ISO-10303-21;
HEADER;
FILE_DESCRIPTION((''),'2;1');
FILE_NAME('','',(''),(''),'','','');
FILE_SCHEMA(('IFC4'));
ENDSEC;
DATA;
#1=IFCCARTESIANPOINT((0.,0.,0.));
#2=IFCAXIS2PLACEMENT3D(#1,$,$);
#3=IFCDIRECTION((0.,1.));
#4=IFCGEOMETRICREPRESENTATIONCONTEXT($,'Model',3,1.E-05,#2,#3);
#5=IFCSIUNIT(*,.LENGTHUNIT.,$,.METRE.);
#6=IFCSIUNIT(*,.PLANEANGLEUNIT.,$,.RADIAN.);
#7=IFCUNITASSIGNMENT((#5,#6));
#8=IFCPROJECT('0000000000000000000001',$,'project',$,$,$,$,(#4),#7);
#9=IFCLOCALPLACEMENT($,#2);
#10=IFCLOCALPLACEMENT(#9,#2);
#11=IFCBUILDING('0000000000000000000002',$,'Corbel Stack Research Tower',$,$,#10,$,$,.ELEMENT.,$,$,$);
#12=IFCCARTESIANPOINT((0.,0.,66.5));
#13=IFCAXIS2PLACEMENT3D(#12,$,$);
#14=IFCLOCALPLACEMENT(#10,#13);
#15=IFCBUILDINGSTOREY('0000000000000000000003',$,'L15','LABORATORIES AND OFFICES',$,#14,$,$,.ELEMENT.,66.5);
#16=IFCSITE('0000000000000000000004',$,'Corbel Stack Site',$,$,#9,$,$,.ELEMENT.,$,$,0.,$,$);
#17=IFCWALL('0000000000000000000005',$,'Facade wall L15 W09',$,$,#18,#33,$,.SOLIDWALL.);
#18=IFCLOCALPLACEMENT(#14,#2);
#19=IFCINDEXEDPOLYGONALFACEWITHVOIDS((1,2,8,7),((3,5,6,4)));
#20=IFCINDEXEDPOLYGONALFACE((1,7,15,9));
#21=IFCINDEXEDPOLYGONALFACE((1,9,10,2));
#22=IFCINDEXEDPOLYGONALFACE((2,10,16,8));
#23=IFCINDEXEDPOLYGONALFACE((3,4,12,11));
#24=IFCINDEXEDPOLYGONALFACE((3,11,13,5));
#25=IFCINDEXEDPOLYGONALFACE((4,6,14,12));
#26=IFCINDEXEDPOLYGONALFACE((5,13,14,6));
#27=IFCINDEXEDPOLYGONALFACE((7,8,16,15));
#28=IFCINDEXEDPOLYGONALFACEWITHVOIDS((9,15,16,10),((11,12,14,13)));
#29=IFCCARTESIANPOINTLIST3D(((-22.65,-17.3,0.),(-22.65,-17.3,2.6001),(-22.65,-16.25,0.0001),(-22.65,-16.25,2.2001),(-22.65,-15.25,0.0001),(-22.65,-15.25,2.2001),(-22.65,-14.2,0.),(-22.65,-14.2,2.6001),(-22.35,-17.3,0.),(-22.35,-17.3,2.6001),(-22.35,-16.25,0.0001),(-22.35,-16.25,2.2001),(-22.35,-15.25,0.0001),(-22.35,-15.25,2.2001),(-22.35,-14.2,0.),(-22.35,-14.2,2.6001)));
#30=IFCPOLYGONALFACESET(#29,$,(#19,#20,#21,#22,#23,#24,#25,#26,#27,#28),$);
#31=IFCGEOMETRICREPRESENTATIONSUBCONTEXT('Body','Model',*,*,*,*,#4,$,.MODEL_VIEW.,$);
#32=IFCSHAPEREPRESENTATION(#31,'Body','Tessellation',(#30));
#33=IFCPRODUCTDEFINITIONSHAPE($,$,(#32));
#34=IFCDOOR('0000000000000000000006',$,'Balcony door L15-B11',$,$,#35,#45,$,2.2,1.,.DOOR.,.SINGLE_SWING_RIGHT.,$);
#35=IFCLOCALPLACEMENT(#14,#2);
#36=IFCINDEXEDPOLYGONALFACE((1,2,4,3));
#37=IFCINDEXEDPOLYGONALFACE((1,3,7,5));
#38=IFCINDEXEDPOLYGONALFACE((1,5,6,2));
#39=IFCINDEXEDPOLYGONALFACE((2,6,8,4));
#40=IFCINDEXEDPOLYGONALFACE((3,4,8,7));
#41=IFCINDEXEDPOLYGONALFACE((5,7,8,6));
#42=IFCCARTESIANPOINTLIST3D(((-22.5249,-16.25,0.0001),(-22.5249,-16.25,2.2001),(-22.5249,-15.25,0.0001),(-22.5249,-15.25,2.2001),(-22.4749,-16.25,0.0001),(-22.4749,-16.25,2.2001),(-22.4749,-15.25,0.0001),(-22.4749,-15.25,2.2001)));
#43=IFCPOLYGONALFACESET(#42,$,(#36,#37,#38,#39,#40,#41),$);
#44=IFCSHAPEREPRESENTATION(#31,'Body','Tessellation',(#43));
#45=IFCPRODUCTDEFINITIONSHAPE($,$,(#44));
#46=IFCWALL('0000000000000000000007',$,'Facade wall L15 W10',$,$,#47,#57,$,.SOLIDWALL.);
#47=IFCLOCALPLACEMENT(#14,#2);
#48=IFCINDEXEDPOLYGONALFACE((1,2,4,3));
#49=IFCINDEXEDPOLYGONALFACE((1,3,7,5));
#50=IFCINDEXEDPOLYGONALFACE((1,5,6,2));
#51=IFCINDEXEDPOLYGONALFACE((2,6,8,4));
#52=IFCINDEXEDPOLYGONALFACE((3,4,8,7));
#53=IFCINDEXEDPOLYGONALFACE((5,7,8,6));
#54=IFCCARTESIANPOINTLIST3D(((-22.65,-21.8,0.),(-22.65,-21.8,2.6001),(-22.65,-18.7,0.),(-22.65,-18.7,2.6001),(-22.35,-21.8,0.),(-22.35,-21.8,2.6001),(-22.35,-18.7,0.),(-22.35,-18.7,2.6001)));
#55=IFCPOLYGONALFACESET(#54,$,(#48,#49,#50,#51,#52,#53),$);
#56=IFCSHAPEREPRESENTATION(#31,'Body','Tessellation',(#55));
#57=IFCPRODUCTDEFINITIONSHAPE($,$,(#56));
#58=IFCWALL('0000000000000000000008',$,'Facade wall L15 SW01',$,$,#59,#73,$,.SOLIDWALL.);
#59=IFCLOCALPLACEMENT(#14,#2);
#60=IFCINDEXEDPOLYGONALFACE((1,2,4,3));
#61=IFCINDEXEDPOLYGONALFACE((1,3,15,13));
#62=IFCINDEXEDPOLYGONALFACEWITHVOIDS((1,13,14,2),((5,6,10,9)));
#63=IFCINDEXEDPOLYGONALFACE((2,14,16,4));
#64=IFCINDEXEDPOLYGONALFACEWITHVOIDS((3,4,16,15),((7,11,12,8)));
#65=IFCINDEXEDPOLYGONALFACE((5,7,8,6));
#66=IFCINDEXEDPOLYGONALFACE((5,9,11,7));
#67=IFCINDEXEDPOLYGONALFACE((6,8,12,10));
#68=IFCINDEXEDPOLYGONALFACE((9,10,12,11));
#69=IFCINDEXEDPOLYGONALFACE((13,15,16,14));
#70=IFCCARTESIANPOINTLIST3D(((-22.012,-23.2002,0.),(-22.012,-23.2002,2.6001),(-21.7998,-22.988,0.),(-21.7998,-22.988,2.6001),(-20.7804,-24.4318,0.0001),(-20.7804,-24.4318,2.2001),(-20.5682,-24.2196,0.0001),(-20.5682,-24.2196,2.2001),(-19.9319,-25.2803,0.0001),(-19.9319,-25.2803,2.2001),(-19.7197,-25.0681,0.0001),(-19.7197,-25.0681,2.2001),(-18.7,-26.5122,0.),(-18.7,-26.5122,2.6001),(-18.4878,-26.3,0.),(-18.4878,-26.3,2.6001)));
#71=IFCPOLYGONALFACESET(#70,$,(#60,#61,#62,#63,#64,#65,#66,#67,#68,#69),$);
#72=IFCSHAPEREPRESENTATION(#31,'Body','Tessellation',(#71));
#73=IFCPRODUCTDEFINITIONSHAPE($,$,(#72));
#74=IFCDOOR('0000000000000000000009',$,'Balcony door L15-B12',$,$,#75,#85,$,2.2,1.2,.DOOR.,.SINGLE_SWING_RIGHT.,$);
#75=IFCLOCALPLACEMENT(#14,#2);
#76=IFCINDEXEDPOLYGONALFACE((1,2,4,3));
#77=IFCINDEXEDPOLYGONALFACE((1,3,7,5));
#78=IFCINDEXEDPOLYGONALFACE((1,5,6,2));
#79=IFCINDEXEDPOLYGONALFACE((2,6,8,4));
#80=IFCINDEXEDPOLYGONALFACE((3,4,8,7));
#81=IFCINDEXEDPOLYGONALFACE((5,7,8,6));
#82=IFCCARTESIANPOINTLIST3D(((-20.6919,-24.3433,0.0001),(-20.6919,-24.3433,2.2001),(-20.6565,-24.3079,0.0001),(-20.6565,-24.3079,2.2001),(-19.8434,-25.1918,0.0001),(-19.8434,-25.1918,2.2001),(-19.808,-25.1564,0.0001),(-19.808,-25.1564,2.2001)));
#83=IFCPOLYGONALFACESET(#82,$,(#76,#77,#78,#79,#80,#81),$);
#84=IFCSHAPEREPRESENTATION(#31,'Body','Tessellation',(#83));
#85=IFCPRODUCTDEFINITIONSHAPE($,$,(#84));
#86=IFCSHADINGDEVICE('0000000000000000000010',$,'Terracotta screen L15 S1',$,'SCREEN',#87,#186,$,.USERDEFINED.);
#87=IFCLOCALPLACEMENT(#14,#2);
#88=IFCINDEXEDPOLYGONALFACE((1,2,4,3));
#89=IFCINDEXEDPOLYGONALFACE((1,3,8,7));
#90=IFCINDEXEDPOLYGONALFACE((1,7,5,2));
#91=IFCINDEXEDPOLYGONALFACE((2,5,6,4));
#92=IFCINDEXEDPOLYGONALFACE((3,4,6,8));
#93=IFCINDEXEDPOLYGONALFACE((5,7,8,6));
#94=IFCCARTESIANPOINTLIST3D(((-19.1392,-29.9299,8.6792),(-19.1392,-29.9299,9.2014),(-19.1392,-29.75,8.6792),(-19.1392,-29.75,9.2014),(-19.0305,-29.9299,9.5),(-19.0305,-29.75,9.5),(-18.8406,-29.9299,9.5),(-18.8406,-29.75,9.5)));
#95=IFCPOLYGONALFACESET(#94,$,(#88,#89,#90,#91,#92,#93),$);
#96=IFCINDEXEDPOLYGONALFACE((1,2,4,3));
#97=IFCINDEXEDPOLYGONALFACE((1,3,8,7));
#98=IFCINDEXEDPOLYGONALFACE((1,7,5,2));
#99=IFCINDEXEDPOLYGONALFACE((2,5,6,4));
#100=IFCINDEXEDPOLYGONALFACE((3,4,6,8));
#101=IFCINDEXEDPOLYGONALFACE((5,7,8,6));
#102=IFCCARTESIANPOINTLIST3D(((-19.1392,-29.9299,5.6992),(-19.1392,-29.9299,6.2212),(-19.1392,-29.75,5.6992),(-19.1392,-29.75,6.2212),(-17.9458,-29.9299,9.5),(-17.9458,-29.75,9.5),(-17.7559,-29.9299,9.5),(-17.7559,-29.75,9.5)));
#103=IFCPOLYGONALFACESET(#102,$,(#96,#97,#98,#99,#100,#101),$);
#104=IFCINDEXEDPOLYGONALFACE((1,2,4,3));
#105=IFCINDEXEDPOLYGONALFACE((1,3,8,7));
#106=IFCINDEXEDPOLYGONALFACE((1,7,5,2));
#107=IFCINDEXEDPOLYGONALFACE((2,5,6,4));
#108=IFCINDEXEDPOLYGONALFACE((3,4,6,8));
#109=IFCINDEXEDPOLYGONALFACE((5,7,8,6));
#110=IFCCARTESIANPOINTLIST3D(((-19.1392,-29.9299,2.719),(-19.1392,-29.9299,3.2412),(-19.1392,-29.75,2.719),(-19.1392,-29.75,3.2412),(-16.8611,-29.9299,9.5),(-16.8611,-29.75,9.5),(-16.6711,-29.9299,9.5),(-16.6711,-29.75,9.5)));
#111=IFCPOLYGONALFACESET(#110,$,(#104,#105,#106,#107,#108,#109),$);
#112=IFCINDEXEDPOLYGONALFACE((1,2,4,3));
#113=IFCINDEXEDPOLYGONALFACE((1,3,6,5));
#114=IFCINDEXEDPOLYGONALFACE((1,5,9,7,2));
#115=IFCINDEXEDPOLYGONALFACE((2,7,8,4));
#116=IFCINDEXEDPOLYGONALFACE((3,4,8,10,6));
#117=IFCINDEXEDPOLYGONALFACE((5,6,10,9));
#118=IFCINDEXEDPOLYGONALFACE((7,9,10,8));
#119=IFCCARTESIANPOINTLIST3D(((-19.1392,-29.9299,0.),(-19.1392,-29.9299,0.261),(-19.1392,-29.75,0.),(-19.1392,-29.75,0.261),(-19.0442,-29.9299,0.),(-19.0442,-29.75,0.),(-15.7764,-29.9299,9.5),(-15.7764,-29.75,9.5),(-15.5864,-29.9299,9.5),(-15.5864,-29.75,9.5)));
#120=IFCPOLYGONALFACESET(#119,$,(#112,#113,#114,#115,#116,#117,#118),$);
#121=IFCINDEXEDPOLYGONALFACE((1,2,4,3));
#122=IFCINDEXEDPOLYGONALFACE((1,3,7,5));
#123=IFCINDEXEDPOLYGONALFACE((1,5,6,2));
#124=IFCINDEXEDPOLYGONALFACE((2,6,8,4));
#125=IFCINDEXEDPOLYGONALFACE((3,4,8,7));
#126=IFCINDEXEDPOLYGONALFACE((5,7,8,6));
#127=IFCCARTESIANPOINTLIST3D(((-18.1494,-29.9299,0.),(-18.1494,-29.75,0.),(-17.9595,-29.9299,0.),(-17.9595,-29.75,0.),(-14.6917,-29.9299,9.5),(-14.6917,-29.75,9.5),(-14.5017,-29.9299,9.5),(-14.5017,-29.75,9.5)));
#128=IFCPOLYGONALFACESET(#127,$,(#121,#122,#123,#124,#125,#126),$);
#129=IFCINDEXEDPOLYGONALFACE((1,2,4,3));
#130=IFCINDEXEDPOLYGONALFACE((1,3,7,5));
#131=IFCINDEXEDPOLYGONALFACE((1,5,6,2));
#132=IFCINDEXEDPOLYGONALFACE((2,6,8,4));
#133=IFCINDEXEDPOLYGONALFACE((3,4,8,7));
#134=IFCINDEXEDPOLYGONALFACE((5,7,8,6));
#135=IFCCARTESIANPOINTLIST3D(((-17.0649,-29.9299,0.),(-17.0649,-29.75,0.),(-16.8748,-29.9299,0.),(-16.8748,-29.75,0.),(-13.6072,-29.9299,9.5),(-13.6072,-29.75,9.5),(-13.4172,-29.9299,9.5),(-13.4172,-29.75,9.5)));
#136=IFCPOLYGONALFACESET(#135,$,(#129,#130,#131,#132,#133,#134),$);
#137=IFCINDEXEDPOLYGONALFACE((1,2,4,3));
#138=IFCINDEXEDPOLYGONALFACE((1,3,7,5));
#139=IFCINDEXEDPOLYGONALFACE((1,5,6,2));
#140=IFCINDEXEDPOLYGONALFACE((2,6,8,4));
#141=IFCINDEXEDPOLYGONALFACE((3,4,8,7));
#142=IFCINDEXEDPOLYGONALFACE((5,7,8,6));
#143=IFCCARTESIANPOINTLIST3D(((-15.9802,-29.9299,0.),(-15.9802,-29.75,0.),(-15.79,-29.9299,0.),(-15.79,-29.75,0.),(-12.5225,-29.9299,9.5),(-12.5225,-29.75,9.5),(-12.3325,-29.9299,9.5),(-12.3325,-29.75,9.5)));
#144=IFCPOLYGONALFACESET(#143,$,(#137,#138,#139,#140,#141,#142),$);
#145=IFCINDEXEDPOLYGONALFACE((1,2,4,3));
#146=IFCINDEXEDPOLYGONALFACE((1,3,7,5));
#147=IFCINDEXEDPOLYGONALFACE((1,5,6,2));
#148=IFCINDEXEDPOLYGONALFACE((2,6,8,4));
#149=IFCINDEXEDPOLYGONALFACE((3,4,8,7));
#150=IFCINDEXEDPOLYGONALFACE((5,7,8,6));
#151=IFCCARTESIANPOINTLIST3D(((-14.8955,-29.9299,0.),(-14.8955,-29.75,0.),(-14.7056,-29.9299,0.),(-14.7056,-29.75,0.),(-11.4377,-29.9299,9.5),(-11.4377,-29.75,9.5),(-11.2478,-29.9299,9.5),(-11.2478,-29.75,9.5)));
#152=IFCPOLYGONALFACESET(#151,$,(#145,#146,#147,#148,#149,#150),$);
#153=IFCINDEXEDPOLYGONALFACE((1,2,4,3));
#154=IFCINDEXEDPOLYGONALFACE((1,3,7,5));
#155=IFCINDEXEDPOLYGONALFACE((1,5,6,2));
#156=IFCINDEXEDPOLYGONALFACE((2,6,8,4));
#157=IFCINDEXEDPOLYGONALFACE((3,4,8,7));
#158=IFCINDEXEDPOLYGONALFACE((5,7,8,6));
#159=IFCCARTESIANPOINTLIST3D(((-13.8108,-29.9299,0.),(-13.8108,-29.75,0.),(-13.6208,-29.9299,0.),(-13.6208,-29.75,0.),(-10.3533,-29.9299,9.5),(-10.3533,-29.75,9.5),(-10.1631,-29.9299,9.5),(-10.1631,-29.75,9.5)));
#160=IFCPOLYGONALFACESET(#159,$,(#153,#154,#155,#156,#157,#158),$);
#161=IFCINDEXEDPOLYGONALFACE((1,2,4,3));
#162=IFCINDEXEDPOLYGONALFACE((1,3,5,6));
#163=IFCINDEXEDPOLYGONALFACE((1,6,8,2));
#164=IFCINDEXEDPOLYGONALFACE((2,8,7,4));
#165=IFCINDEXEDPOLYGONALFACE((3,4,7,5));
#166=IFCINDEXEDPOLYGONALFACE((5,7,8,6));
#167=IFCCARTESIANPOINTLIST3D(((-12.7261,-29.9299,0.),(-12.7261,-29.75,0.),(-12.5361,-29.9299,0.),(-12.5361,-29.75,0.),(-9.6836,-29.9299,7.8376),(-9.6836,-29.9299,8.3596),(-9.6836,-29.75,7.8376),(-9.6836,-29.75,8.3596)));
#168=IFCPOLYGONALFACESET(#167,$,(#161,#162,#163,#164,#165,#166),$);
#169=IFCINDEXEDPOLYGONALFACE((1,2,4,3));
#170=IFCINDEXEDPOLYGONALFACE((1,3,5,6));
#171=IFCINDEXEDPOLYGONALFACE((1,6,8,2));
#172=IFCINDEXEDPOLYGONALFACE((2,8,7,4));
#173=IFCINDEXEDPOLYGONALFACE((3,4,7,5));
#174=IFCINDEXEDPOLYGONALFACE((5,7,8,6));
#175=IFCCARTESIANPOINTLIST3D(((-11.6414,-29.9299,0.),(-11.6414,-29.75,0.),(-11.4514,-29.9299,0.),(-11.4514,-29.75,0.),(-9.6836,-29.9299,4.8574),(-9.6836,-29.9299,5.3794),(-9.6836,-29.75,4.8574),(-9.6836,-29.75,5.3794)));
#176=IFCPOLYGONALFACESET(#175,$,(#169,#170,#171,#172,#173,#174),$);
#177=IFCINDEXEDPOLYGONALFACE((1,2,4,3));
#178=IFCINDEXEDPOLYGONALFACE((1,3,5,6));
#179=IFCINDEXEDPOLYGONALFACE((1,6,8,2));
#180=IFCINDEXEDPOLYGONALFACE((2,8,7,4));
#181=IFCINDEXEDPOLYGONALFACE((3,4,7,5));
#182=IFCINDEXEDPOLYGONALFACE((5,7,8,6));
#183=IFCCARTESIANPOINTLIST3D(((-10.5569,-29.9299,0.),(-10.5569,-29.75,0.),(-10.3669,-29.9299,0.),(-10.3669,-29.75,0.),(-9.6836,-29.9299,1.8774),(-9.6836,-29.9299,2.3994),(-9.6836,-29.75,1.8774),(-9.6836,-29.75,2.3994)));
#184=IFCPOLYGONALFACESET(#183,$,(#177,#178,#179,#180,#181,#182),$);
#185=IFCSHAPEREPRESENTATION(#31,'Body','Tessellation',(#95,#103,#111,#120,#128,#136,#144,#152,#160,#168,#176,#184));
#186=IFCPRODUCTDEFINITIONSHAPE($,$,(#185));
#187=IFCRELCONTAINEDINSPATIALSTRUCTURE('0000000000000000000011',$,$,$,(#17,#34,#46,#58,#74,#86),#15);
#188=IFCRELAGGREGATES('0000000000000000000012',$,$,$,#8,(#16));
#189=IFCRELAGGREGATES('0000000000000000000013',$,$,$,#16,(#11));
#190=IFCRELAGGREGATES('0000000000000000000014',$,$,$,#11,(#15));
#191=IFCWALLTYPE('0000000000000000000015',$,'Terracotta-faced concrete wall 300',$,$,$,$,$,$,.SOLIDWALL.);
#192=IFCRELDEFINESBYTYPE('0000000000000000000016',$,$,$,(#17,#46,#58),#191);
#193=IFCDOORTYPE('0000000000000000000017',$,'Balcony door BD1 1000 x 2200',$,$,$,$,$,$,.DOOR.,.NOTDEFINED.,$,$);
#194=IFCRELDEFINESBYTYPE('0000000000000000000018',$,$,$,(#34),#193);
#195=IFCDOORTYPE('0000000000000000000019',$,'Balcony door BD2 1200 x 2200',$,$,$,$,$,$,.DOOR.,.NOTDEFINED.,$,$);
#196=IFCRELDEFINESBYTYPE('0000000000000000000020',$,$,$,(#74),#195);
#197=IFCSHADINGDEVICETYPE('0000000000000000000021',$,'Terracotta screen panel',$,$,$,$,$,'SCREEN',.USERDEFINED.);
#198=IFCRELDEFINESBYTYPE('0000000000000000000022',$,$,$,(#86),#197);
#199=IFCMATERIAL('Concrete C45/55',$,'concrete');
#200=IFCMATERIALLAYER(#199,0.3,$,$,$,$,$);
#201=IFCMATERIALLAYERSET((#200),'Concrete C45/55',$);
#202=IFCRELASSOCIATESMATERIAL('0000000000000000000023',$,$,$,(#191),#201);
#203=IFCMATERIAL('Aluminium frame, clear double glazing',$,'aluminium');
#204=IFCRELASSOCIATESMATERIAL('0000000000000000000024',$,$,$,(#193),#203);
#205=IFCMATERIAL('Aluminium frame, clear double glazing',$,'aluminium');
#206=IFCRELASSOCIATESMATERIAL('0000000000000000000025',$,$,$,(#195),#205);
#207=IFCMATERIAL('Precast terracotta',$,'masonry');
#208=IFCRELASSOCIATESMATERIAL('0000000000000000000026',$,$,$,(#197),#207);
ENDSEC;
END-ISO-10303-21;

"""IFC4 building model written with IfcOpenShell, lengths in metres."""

from ifc_helpers import new_model, si_unit, direction, frame, frame_2d, origin, place, context, subcontext, project, spatial, polyline, rectangle, outline, extrude, source, transform, mapped, material, layer, layer_set, type_object, element, fill, save


model = new_model("IFC4")

# Units and contexts
model_context = context("Model", 3, precision=1e-05, world=origin(), true_north=direction((0.0, 1.0)))
body_context = subcontext(model_context, "Body", "Model", "MODEL_VIEW")
ifc_project = project(units=[si_unit("LENGTHUNIT", "METRE"), si_unit("PLANEANGLEUNIT", "RADIAN")], contexts=[model_context])

# Site, building, storey
site_placement = place(None, origin())
site = spatial("IfcSite", under=ifc_project, at=site_placement, Name="Corbel Stack Site", CompositionType="ELEMENT", RefElevation=0.0)
building_placement = place(site_placement, origin())
building = spatial("IfcBuilding", under=site, at=building_placement, Name="Corbel Stack Research Tower", CompositionType="ELEMENT")
storey_placement = place(building_placement, frame((0.0, 0.0, 66.5)))
storey = spatial("IfcBuildingStorey", under=building, at=storey_placement, Name="L15", Description="LABORATORIES AND OFFICES", CompositionType="ELEMENT", Elevation=66.5)

# Shared definitions
ifc_material_1 = material(Name="Concrete C45/55", Category="concrete")
ifc_layer_1 = layer(ifc_material_1, 0.3)
ifc_layer_set_1 = layer_set([ifc_layer_1], Name="Concrete C45/55")
wall_type_1 = type_object("IfcWallType", Name="Terracotta-faced concrete wall 300", PredefinedType="SOLIDWALL", material=ifc_layer_set_1)

# Wall, opening, door
wall_1_placement = place(storey_placement, frame((-22.5, -17.3, 0.0), z_axis=(0.0, 0.0, 1.0), x_axis=(0.0, 1.0, 0.0)))
wall_1 = element("IfcWall", 1, at=wall_1_placement, inside=storey, type_object=wall_type_1, Name="Facade wall L15 W09", PredefinedType="SOLIDWALL", context=body_context, shape_type="SweptSolid", body=[
    extrude(rectangle(XDim=3.1001, YDim=0.3, at=frame_2d((1.55, 0.0))), origin(), (0.0, 0.0, 1.0), 2.6001),
])
opening_1_placement = place(wall_1_placement, frame((1.05, 0.0, 0.0)))
opening_1 = element("IfcOpeningElement", 2, at=opening_1_placement, cuts=wall_1, PredefinedType="OPENING", context=body_context, shape_type="SweptSolid", body=[
    extrude(rectangle(XDim=1.0, YDim=2.2, at=frame_2d((0.5, 1.1001))), frame((0.0, 0.1599, 0.0), z_axis=(0.0, -1.0, 0.0), x_axis=(1.0, 0.0, 0.0)), (0.0, 0.0, 1.0), 0.3201),
])
ifc_material_2 = material(Name="Aluminium frame, clear double glazing", Category="aluminium")
door_type_1 = type_object("IfcDoorType", Name="Balcony door BD1 1000 x 2200", OperationType="NOTDEFINED", PredefinedType="DOOR", material=ifc_material_2)
door_1_placement = place(opening_1_placement, origin())
door_1 = element("IfcDoor", 3, at=door_1_placement, inside=storey, type_object=door_type_1, Name="Balcony door L15-B11", OperationType="SINGLE_SWING_RIGHT", OverallHeight=2.2, OverallWidth=1.0, PredefinedType="DOOR", context=body_context, shape_type="SweptSolid", body=[
    extrude(rectangle(XDim=1.0, YDim=2.2, at=frame_2d((0.5, 1.1001))), frame((0.0, 0.0249, 0.0), z_axis=(0.0, -1.0, 0.0), x_axis=(1.0, 0.0, 0.0)), (0.0, 0.0, 1.0), 0.05),
])
fill(opening_1, door_1)

# Wall
wall_2_placement = place(storey_placement, frame((-22.5, -21.8, 0.0), z_axis=(0.0, 0.0, 1.0), x_axis=(0.0, 1.0, 0.0)))
element("IfcWall", 4, at=wall_2_placement, inside=storey, type_object=wall_type_1, Name="Facade wall L15 W10", PredefinedType="SOLIDWALL", context=body_context, shape_type="SweptSolid", body=[
    extrude(rectangle(XDim=3.1001, YDim=0.3, at=frame_2d((1.55, 0.0))), origin(), (0.0, 0.0, 1.0), 2.6001),
])

# Wall, opening, door
wall_3_placement = place(storey_placement, frame((-18.594, -26.406, 0.0), z_axis=(0.0, 0.0, 1.0), x_axis=(-0.707107, 0.707107, 0.0)))
wall_3 = element("IfcWall", 5, at=wall_3_placement, inside=storey, type_object=wall_type_1, Name="Facade wall L15 SW01", PredefinedType="SOLIDWALL", context=body_context, shape_type="SweptSolid", body=[
    extrude(rectangle(XDim=4.6838, YDim=0.3, at=frame_2d((2.3418, 0.0))), origin(), (0.0, 0.0, 1.0), 2.6001),
])
opening_2_placement = place(wall_3_placement, frame((1.7419, 0.0, 0.0)))
opening_2 = element("IfcOpeningElement", 6, at=opening_2_placement, cuts=wall_3, PredefinedType="OPENING", context=body_context, shape_type="SweptSolid", body=[
    extrude(rectangle(XDim=1.2, YDim=2.2, at=frame_2d((0.6001, 1.1001))), frame((0.0, 0.1599, 0.0), z_axis=(0.0, -1.0, 0.0), x_axis=(1.0, 0.0, 0.0)), (0.0, 0.0, 1.0), 0.3201),
])
ifc_material_3 = material(Name="Aluminium frame, clear double glazing", Category="aluminium")
door_type_2 = type_object("IfcDoorType", Name="Balcony door BD2 1200 x 2200", OperationType="NOTDEFINED", PredefinedType="DOOR", material=ifc_material_3)
door_2_placement = place(opening_2_placement, origin())
door_2 = element("IfcDoor", 7, at=door_2_placement, inside=storey, type_object=door_type_2, Name="Balcony door L15-B12", OperationType="SINGLE_SWING_RIGHT", OverallHeight=2.2, OverallWidth=1.2, PredefinedType="DOOR", context=body_context, shape_type="SweptSolid", body=[
    extrude(rectangle(XDim=1.2, YDim=2.2, at=frame_2d((0.6001, 1.1001))), frame((0.0, 0.0249, 0.0), z_axis=(0.0, -1.0, 0.0), x_axis=(1.0, 0.0, 0.0)), (0.0, 0.0, 1.0), 0.05),
])
fill(opening_2, door_2)

# Shading device
ifc_material_4 = material(Name="Precast terracotta", Category="masonry")
shading_device_type = type_object("IfcShadingDeviceType", Name="Terracotta screen panel", ElementType="SCREEN", PredefinedType="USERDEFINED", material=ifc_material_4)
shared_shape_1 = source(origin(), body_context, "Body", "SweptSolid", [
    extrude(outline(polyline([(0.2986, 9.5), (0.1086, 9.5), (0.0, 9.2014), (0.0, 8.6792), (0.2986, 9.5)])), frame((0.0, 0.0, 0.0), z_axis=(0.0, -1.0, 0.0), x_axis=(1.0, 0.0, 0.0)), (0.0, 0.0, 1.0), 0.1799),
    extrude(outline(polyline([(1.3833, 9.5), (1.1934, 9.5), (0.0, 6.2212), (0.0, 5.6992), (1.3833, 9.5)])), frame((0.0, 0.0, 0.0), z_axis=(0.0, -1.0, 0.0), x_axis=(1.0, 0.0, 0.0)), (0.0, 0.0, 1.0), 0.1799),
    extrude(outline(polyline([(2.468, 9.5), (2.2781, 9.5), (0.0, 3.2412), (0.0, 2.719), (2.468, 9.5)])), frame((0.0, 0.0, 0.0), z_axis=(0.0, -1.0, 0.0), x_axis=(1.0, 0.0, 0.0)), (0.0, 0.0, 1.0), 0.1799),
    extrude(outline(polyline([(0.095, 0.0), (3.5527, 9.5), (3.3628, 9.5), (0.0, 0.261), (0.0, 0.0), (0.095, 0.0)])), frame((0.0, 0.0, 0.0), z_axis=(0.0, -1.0, 0.0), x_axis=(1.0, 0.0, 0.0)), (0.0, 0.0, 1.0), 0.1799),
    extrude(outline(polyline([(1.1797, 0.0), (4.6375, 9.5), (4.4475, 9.5), (0.9897, 0.0), (1.1797, 0.0)])), frame((0.0, 0.0, 0.0), z_axis=(0.0, -1.0, 0.0), x_axis=(1.0, 0.0, 0.0)), (0.0, 0.0, 1.0), 0.1799),
    extrude(outline(polyline([(2.2644, 0.0), (5.7219, 9.5), (5.532, 9.5), (2.0742, 0.0), (2.2644, 0.0)])), frame((0.0, 0.0, 0.0), z_axis=(0.0, -1.0, 0.0), x_axis=(1.0, 0.0, 0.0)), (0.0, 0.0, 1.0), 0.1799),
    extrude(outline(polyline([(3.3491, 0.0), (6.8066, 9.5), (6.6167, 9.5), (3.1589, 0.0), (3.3491, 0.0)])), frame((0.0, 0.0, 0.0), z_axis=(0.0, -1.0, 0.0), x_axis=(1.0, 0.0, 0.0)), (0.0, 0.0, 1.0), 0.1799),
    extrude(outline(polyline([(4.4336, 0.0), (7.8914, 9.5), (7.7014, 9.5), (4.2437, 0.0), (4.4336, 0.0)])), frame((0.0, 0.0, 0.0), z_axis=(0.0, -1.0, 0.0), x_axis=(1.0, 0.0, 0.0)), (0.0, 0.0, 1.0), 0.1799),
    extrude(outline(polyline([(5.5183, 0.0), (8.9761, 9.5), (8.7859, 9.5), (5.3284, 0.0), (5.5183, 0.0)])), frame((0.0, 0.0, 0.0), z_axis=(0.0, -1.0, 0.0), x_axis=(1.0, 0.0, 0.0)), (0.0, 0.0, 1.0), 0.1799),
    extrude(outline(polyline([(6.603, 0.0), (9.4556, 7.8376), (9.4556, 8.3596), (6.4131, 0.0), (6.603, 0.0)])), frame((0.0, 0.0, 0.0), z_axis=(0.0, -1.0, 0.0), x_axis=(1.0, 0.0, 0.0)), (0.0, 0.0, 1.0), 0.1799),
    extrude(outline(polyline([(7.6877, 0.0), (9.4556, 4.8574), (9.4556, 5.3794), (7.4978, 0.0), (7.6877, 0.0)])), frame((0.0, 0.0, 0.0), z_axis=(0.0, -1.0, 0.0), x_axis=(1.0, 0.0, 0.0)), (0.0, 0.0, 1.0), 0.1799),
    extrude(outline(polyline([(8.7722, 0.0), (9.4556, 1.8774), (9.4556, 2.3994), (8.5823, 0.0), (8.7722, 0.0)])), frame((0.0, 0.0, 0.0), z_axis=(0.0, -1.0, 0.0), x_axis=(1.0, 0.0, 0.0)), (0.0, 0.0, 1.0), 0.1799),
])
shading_device_1_placement = place(storey_placement, frame((-19.1392, -29.75, 0.0), z_axis=(0.0, 0.0, 1.0), x_axis=(1.0, 0.0, 0.0)))
element("IfcShadingDevice", 8, at=shading_device_1_placement, inside=storey, type_object=shading_device_type, Name="Terracotta screen L15 S1", ObjectType="SCREEN", PredefinedType="USERDEFINED", context=body_context, shape_type="MappedRepresentation", body=[
    mapped(shared_shape_1, transform((0.0, 0.0, 0.0))),
])

save(model, "model.ifc")
